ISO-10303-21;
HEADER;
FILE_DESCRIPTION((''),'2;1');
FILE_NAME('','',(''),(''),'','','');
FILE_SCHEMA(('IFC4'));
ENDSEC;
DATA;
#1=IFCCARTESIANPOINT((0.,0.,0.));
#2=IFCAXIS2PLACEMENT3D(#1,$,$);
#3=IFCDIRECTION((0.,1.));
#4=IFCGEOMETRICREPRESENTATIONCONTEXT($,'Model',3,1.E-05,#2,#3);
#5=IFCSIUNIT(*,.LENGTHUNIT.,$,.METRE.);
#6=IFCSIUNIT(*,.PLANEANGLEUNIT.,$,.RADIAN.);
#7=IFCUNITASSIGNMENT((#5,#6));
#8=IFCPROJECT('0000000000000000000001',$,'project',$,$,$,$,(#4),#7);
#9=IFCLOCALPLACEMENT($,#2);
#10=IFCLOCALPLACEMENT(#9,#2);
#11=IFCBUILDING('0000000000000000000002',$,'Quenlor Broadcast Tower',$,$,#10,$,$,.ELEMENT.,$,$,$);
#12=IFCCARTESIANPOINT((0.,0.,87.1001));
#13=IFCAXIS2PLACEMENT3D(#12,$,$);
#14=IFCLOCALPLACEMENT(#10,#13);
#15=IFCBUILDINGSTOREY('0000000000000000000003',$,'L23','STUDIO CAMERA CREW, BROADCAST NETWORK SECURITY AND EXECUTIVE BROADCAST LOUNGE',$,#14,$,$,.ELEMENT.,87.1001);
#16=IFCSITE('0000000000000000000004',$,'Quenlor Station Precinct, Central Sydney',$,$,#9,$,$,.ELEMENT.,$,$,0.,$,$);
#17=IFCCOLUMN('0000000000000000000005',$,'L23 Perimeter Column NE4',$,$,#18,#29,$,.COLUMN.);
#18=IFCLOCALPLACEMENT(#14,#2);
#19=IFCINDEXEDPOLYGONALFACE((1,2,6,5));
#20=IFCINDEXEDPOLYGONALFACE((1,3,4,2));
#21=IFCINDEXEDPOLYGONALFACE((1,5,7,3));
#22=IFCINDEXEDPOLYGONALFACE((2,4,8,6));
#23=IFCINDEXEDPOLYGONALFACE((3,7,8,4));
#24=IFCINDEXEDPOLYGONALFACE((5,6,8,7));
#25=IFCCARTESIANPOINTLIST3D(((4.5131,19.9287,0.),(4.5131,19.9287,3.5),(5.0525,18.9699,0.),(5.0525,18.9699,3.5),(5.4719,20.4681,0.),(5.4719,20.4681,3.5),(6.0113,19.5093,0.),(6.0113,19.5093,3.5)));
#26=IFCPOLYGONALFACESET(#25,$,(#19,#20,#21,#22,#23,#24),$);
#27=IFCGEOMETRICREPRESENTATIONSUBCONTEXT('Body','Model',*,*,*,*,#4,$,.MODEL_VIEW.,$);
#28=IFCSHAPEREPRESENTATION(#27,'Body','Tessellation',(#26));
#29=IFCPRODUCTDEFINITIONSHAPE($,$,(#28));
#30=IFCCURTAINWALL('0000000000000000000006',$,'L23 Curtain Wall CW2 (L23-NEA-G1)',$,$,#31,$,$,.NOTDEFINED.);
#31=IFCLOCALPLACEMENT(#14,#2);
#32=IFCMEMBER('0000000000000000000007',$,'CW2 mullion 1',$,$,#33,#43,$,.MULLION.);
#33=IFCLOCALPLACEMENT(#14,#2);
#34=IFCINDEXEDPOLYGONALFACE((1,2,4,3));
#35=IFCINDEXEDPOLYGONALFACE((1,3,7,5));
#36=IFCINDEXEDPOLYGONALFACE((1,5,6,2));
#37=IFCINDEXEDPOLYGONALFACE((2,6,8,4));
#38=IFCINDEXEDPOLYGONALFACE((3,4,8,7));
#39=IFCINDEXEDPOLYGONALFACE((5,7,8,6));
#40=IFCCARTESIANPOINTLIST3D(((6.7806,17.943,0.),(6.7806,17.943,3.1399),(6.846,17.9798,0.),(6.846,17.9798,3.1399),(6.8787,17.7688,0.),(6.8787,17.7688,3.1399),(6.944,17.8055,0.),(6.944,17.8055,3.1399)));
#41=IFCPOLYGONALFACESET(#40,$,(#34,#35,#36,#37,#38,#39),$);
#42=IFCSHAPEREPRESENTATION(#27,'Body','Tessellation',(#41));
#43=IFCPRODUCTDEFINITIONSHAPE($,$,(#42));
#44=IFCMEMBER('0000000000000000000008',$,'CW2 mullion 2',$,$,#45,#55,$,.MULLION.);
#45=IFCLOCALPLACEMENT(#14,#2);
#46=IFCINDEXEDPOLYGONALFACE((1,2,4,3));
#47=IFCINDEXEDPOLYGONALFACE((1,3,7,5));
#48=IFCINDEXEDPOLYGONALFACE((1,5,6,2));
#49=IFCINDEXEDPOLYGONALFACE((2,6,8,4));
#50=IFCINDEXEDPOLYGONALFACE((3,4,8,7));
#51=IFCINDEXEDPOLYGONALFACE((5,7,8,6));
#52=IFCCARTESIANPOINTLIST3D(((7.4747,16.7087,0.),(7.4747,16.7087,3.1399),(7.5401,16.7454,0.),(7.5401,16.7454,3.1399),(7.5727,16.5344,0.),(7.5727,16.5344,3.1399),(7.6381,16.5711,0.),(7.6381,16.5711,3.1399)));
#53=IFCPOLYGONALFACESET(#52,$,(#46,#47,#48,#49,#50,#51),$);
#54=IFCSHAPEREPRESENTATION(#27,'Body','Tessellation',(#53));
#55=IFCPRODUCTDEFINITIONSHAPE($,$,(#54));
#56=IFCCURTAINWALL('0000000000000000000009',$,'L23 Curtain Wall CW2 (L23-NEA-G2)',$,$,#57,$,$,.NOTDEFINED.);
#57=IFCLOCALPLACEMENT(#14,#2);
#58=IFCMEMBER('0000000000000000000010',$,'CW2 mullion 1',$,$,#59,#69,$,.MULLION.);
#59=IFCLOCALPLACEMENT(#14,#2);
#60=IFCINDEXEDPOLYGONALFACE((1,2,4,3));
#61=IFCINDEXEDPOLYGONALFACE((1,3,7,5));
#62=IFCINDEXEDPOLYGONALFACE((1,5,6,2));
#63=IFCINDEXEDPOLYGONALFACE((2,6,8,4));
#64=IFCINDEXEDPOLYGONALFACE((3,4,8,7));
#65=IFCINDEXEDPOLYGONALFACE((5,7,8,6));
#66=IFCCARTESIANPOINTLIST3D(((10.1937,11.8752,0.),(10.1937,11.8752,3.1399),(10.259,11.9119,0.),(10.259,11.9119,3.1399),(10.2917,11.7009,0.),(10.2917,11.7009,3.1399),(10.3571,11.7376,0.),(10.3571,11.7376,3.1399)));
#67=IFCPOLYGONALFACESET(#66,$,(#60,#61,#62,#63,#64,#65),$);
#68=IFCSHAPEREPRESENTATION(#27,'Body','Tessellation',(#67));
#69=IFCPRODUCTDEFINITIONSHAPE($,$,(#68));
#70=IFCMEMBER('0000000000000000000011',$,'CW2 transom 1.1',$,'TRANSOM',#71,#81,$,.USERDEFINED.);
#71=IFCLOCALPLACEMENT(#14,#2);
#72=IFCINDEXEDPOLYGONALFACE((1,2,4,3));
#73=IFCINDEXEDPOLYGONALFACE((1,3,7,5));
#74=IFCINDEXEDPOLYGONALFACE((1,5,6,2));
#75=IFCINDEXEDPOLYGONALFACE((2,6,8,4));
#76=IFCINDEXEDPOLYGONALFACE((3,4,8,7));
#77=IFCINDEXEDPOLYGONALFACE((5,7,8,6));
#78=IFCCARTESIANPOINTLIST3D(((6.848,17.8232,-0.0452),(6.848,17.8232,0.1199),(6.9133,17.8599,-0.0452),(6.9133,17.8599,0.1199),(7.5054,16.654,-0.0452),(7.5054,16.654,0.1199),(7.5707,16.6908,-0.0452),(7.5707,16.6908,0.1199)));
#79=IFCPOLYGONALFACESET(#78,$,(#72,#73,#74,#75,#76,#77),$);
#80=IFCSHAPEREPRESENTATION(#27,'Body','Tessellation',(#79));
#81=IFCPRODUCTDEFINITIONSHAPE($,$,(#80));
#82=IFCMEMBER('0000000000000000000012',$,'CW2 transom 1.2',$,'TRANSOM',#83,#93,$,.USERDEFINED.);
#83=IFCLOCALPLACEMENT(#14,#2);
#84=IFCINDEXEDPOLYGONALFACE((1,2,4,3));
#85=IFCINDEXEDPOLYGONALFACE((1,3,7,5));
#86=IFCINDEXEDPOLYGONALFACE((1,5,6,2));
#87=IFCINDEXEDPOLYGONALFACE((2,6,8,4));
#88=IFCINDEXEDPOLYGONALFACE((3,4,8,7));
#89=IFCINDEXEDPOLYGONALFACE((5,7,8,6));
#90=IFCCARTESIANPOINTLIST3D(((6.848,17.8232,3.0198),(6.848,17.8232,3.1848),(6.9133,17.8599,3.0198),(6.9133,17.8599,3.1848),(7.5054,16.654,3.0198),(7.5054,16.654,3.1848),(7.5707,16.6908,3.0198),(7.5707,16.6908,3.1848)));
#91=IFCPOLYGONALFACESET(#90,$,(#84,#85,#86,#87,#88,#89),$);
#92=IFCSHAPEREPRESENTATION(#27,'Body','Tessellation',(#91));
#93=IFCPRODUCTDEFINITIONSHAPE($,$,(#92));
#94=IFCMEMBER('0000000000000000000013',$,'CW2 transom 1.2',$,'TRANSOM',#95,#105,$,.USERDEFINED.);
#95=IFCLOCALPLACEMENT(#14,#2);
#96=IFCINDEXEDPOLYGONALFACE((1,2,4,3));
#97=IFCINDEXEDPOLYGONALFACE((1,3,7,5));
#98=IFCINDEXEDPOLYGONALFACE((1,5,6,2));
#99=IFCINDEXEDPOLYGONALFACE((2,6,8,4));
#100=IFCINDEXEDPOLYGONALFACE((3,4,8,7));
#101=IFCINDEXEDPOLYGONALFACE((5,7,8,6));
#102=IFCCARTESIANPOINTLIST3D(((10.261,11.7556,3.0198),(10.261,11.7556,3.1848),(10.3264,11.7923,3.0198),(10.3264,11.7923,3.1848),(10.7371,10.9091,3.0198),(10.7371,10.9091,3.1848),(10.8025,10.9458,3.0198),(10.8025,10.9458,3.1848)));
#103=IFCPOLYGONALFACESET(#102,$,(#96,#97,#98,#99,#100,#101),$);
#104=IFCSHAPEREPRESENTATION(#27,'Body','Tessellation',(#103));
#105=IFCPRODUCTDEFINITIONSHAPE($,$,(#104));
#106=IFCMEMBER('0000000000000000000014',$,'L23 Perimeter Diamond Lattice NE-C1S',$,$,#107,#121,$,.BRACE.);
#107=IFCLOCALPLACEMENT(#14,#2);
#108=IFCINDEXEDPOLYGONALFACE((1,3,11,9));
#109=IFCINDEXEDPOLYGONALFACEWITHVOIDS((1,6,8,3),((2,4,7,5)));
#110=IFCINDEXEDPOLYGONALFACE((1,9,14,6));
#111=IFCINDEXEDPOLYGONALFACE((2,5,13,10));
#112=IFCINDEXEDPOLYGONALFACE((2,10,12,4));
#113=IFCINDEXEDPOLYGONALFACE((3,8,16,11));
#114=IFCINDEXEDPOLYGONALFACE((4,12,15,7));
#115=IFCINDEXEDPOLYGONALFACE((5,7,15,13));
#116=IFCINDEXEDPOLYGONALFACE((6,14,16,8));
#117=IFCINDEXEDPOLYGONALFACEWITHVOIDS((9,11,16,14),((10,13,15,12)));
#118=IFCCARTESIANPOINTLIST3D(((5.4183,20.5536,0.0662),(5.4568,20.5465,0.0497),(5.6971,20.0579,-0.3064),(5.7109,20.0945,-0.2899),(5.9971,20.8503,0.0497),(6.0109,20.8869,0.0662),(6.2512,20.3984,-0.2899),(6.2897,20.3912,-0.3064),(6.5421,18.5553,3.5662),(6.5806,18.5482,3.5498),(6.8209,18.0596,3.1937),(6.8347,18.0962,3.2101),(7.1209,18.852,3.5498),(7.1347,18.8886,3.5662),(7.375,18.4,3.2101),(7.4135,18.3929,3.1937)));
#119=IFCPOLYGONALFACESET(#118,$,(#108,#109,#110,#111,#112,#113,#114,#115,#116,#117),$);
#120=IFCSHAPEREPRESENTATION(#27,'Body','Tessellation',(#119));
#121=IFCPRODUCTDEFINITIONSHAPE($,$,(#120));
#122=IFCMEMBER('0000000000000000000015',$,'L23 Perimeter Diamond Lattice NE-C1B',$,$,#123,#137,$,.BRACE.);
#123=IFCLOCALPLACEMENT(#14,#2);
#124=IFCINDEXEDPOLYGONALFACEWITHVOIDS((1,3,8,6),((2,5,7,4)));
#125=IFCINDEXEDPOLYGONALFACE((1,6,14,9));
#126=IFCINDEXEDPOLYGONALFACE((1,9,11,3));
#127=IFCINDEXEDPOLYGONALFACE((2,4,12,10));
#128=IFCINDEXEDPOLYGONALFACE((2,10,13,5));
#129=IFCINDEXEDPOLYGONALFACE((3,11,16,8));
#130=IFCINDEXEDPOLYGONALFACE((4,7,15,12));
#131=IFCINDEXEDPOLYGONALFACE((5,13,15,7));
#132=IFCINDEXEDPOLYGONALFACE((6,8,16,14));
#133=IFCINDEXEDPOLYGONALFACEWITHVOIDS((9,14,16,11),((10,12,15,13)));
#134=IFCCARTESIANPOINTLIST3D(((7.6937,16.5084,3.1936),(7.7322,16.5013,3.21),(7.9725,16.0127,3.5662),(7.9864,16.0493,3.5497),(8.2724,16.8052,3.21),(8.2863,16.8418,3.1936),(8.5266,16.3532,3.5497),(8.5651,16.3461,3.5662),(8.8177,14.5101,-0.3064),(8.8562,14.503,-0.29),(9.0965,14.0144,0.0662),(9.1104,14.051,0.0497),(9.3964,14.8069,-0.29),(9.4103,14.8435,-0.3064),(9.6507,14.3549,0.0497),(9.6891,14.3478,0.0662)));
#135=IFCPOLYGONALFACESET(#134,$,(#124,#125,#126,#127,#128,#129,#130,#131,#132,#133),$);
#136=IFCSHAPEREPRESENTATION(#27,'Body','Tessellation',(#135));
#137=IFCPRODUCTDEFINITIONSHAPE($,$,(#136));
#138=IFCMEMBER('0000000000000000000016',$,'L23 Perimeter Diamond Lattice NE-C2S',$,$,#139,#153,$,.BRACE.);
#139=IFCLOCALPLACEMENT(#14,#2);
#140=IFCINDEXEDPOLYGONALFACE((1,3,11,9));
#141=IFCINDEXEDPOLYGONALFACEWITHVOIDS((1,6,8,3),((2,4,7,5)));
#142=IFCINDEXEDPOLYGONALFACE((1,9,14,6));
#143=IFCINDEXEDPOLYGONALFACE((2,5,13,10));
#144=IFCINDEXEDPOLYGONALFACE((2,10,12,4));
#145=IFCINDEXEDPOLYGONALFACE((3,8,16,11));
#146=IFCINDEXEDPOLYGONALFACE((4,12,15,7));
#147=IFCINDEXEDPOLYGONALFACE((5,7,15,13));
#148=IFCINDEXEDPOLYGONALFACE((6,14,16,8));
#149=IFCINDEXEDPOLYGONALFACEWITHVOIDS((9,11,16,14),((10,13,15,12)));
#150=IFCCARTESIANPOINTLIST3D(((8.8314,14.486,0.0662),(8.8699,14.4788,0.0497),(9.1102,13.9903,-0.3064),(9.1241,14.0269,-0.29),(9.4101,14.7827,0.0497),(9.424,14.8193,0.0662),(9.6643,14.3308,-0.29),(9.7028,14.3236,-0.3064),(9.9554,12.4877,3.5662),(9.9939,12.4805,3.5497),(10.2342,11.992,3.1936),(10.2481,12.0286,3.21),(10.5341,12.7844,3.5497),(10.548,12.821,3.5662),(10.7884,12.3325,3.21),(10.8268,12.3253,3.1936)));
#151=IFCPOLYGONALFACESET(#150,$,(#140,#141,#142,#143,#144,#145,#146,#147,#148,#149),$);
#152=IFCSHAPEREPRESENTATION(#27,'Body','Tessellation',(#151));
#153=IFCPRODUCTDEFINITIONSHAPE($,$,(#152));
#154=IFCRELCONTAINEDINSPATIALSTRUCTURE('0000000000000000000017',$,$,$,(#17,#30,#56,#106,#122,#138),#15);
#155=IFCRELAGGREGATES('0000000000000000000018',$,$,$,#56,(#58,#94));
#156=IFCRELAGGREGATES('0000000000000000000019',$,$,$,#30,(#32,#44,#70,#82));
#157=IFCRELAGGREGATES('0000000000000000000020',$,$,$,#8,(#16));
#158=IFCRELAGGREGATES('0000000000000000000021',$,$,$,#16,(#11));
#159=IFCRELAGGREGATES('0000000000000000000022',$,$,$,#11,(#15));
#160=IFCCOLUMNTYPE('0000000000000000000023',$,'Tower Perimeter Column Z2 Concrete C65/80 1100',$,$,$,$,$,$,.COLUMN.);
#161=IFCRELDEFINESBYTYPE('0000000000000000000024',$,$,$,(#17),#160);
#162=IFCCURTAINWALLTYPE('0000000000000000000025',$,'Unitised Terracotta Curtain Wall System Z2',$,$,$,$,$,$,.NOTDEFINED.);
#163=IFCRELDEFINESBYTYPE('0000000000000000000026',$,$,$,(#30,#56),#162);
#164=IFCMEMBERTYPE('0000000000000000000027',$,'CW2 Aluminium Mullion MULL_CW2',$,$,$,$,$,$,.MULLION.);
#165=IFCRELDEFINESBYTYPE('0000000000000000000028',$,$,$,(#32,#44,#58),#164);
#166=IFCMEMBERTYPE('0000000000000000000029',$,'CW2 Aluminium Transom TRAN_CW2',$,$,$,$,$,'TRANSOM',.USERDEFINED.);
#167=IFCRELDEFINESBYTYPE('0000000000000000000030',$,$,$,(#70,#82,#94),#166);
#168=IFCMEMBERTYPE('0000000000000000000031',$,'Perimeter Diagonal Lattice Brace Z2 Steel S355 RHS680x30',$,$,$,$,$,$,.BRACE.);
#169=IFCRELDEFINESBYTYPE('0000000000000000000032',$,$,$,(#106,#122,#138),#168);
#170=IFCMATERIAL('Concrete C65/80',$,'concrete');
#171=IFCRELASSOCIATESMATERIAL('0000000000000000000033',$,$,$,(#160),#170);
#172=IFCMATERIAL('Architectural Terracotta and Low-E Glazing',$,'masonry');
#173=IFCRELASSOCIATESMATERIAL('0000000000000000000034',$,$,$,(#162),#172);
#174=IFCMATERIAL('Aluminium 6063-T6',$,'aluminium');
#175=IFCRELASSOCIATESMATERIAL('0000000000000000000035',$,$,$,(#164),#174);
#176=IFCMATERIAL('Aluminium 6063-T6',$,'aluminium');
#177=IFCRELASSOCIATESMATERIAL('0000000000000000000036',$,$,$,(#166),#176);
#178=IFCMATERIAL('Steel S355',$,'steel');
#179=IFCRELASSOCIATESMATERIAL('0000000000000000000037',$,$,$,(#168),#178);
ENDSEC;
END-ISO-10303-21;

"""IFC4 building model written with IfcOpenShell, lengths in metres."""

from ifc_helpers import new_model, si_unit, direction, frame, origin, origin_2d, place, context, subcontext, project, spatial, rectangle, hollow_rectangle, extrude, material, material_profile, profile_set, type_object, element, aggregate, save


model = new_model("IFC4")

# Units and contexts
model_context = context("Model", 3, precision=1e-05, world=origin(), true_north=direction((0.0, 1.0)))
body_context = subcontext(model_context, "Body", "Model", "MODEL_VIEW")
ifc_project = project(units=[si_unit("LENGTHUNIT", "METRE"), si_unit("PLANEANGLEUNIT", "RADIAN")], contexts=[model_context])

# Site, building, storey
site_placement = place(None, origin())
site = spatial("IfcSite", under=ifc_project, at=site_placement, Name="Quenlor Station Precinct, Central Sydney", CompositionType="ELEMENT", RefElevation=0.0)
building_placement = place(site_placement, origin())
building = spatial("IfcBuilding", under=site, at=building_placement, Name="Quenlor Broadcast Tower", CompositionType="ELEMENT")
storey_placement = place(building_placement, frame((0.0, 0.0, 87.1001)))
storey = spatial("IfcBuildingStorey", under=building, at=storey_placement, Name="L23", Description="STUDIO CAMERA CREW, BROADCAST NETWORK SECURITY AND EXECUTIVE BROADCAST LOUNGE", CompositionType="ELEMENT", Elevation=87.1001)

# Column
ifc_material_1 = material(Name="Concrete C65/80", Category="concrete")
ifc_material_profile_1 = material_profile(ifc_material_1, rectangle(XDim=1.1001, YDim=1.1001, at=origin_2d()))
ifc_profile_set_1 = profile_set([ifc_material_profile_1], Name="Concrete C65/80 RC1100x1100")
column_type = type_object("IfcColumnType", Name="Tower Perimeter Column Z2 Concrete C65/80 1100", PredefinedType="COLUMN", material=ifc_profile_set_1)
column_placement = place(storey_placement, frame((5.2622, 19.719, 0.0), z_axis=(0.0, 0.0, 1.0), x_axis=(0.871575, 0.490262, 0.0)))
element("IfcColumn", 1, at=column_placement, inside=storey, type_object=column_type, Name="L23 Perimeter Column NE4", PredefinedType="COLUMN", context=body_context, shape_type="SweptSolid", body=[
    extrude(rectangle(XDim=1.1001, YDim=1.1001, at=origin_2d()), origin(), (0.0, 0.0, 1.0), 3.5),
])

# Curtain wall, members
ifc_material_2 = material(Name="Architectural Terracotta and Low-E Glazing", Category="masonry")
curtain_wall_type = type_object("IfcCurtainWallType", Name="Unitised Terracotta Curtain Wall System Z2", PredefinedType="NOTDEFINED", material=ifc_material_2)
curtain_wall_1_placement = place(storey_placement, origin())
curtain_wall_1 = element("IfcCurtainWall", 2, at=curtain_wall_1_placement, inside=storey, type_object=curtain_wall_type, Name="L23 Curtain Wall CW2 (L23-NEA-G1)", PredefinedType="NOTDEFINED")
ifc_material_3 = material(Name="Aluminium 6063-T6", Category="aluminium")
ifc_material_profile_2 = material_profile(ifc_material_3, rectangle(XDim=0.075, YDim=0.2, at=origin_2d()))
ifc_profile_set_2 = profile_set([ifc_material_profile_2], Name="Aluminium 6063-T6 MULL75x200")
member_type_1 = type_object("IfcMemberType", Name="CW2 Aluminium Mullion MULL_CW2", PredefinedType="MULLION", material=ifc_profile_set_2)
member_1_placement = place(storey_placement, frame((6.8623, 17.8743, 0.0), z_axis=(0.0, 0.0, 1.0), x_axis=(0.871602, 0.490213, 0.0)))
member_1 = element("IfcMember", 3, at=member_1_placement, type_object=member_type_1, Name="CW2 mullion 1", PredefinedType="MULLION", context=body_context, shape_type="SweptSolid", body=[
    extrude(rectangle(XDim=0.075, YDim=0.2, at=origin_2d()), origin(), (0.0, 0.0, 1.0), 3.1399),
])
member_2_placement = place(storey_placement, frame((7.5564, 16.6399, 0.0), z_axis=(0.0, 0.0, 1.0), x_axis=(0.871602, 0.490213, 0.0)))
member_2 = element("IfcMember", 4, at=member_2_placement, type_object=member_type_1, Name="CW2 mullion 2", PredefinedType="MULLION", context=body_context, shape_type="SweptSolid", body=[
    extrude(rectangle(XDim=0.075, YDim=0.2, at=origin_2d()), origin(), (0.0, 0.0, 1.0), 3.1399),
])

# Curtain wall, member
curtain_wall_2_placement = place(storey_placement, origin())
curtain_wall_2 = element("IfcCurtainWall", 5, at=curtain_wall_2_placement, inside=storey, type_object=curtain_wall_type, Name="L23 Curtain Wall CW2 (L23-NEA-G2)", PredefinedType="NOTDEFINED")
member_3_placement = place(storey_placement, frame((10.2754, 11.8064, 0.0), z_axis=(0.0, 0.0, 1.0), x_axis=(0.871583, 0.490249, 0.0)))
member_3 = element("IfcMember", 6, at=member_3_placement, type_object=member_type_1, Name="CW2 mullion 1", PredefinedType="MULLION", context=body_context, shape_type="SweptSolid", body=[
    extrude(rectangle(XDim=0.075, YDim=0.2, at=origin_2d()), origin(), (0.0, 0.0, 1.0), 3.1399),
])

# Members
ifc_material_4 = material(Name="Aluminium 6063-T6", Category="aluminium")
ifc_material_profile_3 = material_profile(ifc_material_4, rectangle(XDim=0.075, YDim=0.165, at=origin_2d()))
ifc_profile_set_3 = profile_set([ifc_material_profile_3], Name="Aluminium 6063-T6 TRAN75x165")
member_type_2 = type_object("IfcMemberType", Name="CW2 Aluminium Transom TRAN_CW2", ElementType="TRANSOM", PredefinedType="USERDEFINED", material=ifc_profile_set_3)
member_4_placement = place(storey_placement, frame((6.8806, 17.8416, 0.0374), z_axis=(0.490149, -0.871639, 0.0), x_axis=(0.871639, 0.490149, 0.0)))
member_4 = element("IfcMember", 7, at=member_4_placement, type_object=member_type_2, Name="CW2 transom 1.1", ObjectType="TRANSOM", PredefinedType="USERDEFINED", context=body_context, shape_type="SweptSolid", body=[
    extrude(rectangle(XDim=0.075, YDim=0.165, at=origin_2d()), origin(), (0.0, 0.0, 1.0), 1.3413),
])
member_5_placement = place(storey_placement, frame((6.8806, 17.8416, 3.1023), z_axis=(0.490149, -0.871639, 0.0), x_axis=(0.871639, 0.490149, 0.0)))
member_5 = element("IfcMember", 8, at=member_5_placement, type_object=member_type_2, Name="CW2 transom 1.2", ObjectType="TRANSOM", PredefinedType="USERDEFINED", context=body_context, shape_type="SweptSolid", body=[
    extrude(rectangle(XDim=0.075, YDim=0.165, at=origin_2d()), origin(), (0.0, 0.0, 1.0), 1.3413),
])
member_6_placement = place(storey_placement, frame((10.2937, 11.7739, 3.1023), z_axis=(0.490225, -0.871596, 0.0), x_axis=(0.871596, 0.490225, 0.0)))
member_6 = element("IfcMember", 9, at=member_6_placement, type_object=member_type_2, Name="CW2 transom 1.2", ObjectType="TRANSOM", PredefinedType="USERDEFINED", context=body_context, shape_type="SweptSolid", body=[
    extrude(rectangle(XDim=0.075, YDim=0.165, at=origin_2d()), origin(), (0.0, 0.0, 1.0), 0.9712),
])
aggregate(curtain_wall_2, [member_3, member_6])

# Members
ifc_material_5 = material(Name="Steel S355", Category="steel")
ifc_material_profile_4 = material_profile(ifc_material_5, hollow_rectangle(XDim=0.6799, YDim=0.6799, WallThickness=0.03, at=origin_2d()))
ifc_profile_set_4 = profile_set([ifc_material_profile_4], Name="Steel S355 RHS680x680x30")
member_type_3 = type_object("IfcMemberType", Name="Perimeter Diagonal Lattice Brace Z2 Steel S355 RHS680x30", PredefinedType="BRACE", material=ifc_profile_set_4)
for number, where, z_axis, x_axis, name in (
    (10, (5.854, 20.4724, -0.1201), (0.268588, -0.4776, 0.836516), (0.871624, 0.490175, 0.0), "L23 Perimeter Diamond Lattice NE-C1S"),
    (11, (9.2534, 14.429, -0.1201), (-0.268642, 0.477593, 0.836502), (-0.871578, -0.490256, 0.0), "L23 Perimeter Diamond Lattice NE-C1B"),
    (12, (9.2671, 14.4048, -0.1201), (0.268642, -0.477593, 0.836502), (0.871578, 0.490256, 0.0), "L23 Perimeter Diamond Lattice NE-C2S"),
):
    element("IfcMember", number, at=place(storey_placement, frame(where, z_axis=z_axis, x_axis=x_axis)), inside=storey, type_object=member_type_3, Name=name, PredefinedType="BRACE", context=body_context, shape_type="SweptSolid", body=[
        extrude(hollow_rectangle(XDim=0.6799, YDim=0.6799, WallThickness=0.03, at=origin_2d()), origin(), (0.0, 0.0, 1.0), 4.1841),
    ])

aggregate(curtain_wall_1, [member_1, member_2, member_4, member_5])

save(model, "model.ifc")
